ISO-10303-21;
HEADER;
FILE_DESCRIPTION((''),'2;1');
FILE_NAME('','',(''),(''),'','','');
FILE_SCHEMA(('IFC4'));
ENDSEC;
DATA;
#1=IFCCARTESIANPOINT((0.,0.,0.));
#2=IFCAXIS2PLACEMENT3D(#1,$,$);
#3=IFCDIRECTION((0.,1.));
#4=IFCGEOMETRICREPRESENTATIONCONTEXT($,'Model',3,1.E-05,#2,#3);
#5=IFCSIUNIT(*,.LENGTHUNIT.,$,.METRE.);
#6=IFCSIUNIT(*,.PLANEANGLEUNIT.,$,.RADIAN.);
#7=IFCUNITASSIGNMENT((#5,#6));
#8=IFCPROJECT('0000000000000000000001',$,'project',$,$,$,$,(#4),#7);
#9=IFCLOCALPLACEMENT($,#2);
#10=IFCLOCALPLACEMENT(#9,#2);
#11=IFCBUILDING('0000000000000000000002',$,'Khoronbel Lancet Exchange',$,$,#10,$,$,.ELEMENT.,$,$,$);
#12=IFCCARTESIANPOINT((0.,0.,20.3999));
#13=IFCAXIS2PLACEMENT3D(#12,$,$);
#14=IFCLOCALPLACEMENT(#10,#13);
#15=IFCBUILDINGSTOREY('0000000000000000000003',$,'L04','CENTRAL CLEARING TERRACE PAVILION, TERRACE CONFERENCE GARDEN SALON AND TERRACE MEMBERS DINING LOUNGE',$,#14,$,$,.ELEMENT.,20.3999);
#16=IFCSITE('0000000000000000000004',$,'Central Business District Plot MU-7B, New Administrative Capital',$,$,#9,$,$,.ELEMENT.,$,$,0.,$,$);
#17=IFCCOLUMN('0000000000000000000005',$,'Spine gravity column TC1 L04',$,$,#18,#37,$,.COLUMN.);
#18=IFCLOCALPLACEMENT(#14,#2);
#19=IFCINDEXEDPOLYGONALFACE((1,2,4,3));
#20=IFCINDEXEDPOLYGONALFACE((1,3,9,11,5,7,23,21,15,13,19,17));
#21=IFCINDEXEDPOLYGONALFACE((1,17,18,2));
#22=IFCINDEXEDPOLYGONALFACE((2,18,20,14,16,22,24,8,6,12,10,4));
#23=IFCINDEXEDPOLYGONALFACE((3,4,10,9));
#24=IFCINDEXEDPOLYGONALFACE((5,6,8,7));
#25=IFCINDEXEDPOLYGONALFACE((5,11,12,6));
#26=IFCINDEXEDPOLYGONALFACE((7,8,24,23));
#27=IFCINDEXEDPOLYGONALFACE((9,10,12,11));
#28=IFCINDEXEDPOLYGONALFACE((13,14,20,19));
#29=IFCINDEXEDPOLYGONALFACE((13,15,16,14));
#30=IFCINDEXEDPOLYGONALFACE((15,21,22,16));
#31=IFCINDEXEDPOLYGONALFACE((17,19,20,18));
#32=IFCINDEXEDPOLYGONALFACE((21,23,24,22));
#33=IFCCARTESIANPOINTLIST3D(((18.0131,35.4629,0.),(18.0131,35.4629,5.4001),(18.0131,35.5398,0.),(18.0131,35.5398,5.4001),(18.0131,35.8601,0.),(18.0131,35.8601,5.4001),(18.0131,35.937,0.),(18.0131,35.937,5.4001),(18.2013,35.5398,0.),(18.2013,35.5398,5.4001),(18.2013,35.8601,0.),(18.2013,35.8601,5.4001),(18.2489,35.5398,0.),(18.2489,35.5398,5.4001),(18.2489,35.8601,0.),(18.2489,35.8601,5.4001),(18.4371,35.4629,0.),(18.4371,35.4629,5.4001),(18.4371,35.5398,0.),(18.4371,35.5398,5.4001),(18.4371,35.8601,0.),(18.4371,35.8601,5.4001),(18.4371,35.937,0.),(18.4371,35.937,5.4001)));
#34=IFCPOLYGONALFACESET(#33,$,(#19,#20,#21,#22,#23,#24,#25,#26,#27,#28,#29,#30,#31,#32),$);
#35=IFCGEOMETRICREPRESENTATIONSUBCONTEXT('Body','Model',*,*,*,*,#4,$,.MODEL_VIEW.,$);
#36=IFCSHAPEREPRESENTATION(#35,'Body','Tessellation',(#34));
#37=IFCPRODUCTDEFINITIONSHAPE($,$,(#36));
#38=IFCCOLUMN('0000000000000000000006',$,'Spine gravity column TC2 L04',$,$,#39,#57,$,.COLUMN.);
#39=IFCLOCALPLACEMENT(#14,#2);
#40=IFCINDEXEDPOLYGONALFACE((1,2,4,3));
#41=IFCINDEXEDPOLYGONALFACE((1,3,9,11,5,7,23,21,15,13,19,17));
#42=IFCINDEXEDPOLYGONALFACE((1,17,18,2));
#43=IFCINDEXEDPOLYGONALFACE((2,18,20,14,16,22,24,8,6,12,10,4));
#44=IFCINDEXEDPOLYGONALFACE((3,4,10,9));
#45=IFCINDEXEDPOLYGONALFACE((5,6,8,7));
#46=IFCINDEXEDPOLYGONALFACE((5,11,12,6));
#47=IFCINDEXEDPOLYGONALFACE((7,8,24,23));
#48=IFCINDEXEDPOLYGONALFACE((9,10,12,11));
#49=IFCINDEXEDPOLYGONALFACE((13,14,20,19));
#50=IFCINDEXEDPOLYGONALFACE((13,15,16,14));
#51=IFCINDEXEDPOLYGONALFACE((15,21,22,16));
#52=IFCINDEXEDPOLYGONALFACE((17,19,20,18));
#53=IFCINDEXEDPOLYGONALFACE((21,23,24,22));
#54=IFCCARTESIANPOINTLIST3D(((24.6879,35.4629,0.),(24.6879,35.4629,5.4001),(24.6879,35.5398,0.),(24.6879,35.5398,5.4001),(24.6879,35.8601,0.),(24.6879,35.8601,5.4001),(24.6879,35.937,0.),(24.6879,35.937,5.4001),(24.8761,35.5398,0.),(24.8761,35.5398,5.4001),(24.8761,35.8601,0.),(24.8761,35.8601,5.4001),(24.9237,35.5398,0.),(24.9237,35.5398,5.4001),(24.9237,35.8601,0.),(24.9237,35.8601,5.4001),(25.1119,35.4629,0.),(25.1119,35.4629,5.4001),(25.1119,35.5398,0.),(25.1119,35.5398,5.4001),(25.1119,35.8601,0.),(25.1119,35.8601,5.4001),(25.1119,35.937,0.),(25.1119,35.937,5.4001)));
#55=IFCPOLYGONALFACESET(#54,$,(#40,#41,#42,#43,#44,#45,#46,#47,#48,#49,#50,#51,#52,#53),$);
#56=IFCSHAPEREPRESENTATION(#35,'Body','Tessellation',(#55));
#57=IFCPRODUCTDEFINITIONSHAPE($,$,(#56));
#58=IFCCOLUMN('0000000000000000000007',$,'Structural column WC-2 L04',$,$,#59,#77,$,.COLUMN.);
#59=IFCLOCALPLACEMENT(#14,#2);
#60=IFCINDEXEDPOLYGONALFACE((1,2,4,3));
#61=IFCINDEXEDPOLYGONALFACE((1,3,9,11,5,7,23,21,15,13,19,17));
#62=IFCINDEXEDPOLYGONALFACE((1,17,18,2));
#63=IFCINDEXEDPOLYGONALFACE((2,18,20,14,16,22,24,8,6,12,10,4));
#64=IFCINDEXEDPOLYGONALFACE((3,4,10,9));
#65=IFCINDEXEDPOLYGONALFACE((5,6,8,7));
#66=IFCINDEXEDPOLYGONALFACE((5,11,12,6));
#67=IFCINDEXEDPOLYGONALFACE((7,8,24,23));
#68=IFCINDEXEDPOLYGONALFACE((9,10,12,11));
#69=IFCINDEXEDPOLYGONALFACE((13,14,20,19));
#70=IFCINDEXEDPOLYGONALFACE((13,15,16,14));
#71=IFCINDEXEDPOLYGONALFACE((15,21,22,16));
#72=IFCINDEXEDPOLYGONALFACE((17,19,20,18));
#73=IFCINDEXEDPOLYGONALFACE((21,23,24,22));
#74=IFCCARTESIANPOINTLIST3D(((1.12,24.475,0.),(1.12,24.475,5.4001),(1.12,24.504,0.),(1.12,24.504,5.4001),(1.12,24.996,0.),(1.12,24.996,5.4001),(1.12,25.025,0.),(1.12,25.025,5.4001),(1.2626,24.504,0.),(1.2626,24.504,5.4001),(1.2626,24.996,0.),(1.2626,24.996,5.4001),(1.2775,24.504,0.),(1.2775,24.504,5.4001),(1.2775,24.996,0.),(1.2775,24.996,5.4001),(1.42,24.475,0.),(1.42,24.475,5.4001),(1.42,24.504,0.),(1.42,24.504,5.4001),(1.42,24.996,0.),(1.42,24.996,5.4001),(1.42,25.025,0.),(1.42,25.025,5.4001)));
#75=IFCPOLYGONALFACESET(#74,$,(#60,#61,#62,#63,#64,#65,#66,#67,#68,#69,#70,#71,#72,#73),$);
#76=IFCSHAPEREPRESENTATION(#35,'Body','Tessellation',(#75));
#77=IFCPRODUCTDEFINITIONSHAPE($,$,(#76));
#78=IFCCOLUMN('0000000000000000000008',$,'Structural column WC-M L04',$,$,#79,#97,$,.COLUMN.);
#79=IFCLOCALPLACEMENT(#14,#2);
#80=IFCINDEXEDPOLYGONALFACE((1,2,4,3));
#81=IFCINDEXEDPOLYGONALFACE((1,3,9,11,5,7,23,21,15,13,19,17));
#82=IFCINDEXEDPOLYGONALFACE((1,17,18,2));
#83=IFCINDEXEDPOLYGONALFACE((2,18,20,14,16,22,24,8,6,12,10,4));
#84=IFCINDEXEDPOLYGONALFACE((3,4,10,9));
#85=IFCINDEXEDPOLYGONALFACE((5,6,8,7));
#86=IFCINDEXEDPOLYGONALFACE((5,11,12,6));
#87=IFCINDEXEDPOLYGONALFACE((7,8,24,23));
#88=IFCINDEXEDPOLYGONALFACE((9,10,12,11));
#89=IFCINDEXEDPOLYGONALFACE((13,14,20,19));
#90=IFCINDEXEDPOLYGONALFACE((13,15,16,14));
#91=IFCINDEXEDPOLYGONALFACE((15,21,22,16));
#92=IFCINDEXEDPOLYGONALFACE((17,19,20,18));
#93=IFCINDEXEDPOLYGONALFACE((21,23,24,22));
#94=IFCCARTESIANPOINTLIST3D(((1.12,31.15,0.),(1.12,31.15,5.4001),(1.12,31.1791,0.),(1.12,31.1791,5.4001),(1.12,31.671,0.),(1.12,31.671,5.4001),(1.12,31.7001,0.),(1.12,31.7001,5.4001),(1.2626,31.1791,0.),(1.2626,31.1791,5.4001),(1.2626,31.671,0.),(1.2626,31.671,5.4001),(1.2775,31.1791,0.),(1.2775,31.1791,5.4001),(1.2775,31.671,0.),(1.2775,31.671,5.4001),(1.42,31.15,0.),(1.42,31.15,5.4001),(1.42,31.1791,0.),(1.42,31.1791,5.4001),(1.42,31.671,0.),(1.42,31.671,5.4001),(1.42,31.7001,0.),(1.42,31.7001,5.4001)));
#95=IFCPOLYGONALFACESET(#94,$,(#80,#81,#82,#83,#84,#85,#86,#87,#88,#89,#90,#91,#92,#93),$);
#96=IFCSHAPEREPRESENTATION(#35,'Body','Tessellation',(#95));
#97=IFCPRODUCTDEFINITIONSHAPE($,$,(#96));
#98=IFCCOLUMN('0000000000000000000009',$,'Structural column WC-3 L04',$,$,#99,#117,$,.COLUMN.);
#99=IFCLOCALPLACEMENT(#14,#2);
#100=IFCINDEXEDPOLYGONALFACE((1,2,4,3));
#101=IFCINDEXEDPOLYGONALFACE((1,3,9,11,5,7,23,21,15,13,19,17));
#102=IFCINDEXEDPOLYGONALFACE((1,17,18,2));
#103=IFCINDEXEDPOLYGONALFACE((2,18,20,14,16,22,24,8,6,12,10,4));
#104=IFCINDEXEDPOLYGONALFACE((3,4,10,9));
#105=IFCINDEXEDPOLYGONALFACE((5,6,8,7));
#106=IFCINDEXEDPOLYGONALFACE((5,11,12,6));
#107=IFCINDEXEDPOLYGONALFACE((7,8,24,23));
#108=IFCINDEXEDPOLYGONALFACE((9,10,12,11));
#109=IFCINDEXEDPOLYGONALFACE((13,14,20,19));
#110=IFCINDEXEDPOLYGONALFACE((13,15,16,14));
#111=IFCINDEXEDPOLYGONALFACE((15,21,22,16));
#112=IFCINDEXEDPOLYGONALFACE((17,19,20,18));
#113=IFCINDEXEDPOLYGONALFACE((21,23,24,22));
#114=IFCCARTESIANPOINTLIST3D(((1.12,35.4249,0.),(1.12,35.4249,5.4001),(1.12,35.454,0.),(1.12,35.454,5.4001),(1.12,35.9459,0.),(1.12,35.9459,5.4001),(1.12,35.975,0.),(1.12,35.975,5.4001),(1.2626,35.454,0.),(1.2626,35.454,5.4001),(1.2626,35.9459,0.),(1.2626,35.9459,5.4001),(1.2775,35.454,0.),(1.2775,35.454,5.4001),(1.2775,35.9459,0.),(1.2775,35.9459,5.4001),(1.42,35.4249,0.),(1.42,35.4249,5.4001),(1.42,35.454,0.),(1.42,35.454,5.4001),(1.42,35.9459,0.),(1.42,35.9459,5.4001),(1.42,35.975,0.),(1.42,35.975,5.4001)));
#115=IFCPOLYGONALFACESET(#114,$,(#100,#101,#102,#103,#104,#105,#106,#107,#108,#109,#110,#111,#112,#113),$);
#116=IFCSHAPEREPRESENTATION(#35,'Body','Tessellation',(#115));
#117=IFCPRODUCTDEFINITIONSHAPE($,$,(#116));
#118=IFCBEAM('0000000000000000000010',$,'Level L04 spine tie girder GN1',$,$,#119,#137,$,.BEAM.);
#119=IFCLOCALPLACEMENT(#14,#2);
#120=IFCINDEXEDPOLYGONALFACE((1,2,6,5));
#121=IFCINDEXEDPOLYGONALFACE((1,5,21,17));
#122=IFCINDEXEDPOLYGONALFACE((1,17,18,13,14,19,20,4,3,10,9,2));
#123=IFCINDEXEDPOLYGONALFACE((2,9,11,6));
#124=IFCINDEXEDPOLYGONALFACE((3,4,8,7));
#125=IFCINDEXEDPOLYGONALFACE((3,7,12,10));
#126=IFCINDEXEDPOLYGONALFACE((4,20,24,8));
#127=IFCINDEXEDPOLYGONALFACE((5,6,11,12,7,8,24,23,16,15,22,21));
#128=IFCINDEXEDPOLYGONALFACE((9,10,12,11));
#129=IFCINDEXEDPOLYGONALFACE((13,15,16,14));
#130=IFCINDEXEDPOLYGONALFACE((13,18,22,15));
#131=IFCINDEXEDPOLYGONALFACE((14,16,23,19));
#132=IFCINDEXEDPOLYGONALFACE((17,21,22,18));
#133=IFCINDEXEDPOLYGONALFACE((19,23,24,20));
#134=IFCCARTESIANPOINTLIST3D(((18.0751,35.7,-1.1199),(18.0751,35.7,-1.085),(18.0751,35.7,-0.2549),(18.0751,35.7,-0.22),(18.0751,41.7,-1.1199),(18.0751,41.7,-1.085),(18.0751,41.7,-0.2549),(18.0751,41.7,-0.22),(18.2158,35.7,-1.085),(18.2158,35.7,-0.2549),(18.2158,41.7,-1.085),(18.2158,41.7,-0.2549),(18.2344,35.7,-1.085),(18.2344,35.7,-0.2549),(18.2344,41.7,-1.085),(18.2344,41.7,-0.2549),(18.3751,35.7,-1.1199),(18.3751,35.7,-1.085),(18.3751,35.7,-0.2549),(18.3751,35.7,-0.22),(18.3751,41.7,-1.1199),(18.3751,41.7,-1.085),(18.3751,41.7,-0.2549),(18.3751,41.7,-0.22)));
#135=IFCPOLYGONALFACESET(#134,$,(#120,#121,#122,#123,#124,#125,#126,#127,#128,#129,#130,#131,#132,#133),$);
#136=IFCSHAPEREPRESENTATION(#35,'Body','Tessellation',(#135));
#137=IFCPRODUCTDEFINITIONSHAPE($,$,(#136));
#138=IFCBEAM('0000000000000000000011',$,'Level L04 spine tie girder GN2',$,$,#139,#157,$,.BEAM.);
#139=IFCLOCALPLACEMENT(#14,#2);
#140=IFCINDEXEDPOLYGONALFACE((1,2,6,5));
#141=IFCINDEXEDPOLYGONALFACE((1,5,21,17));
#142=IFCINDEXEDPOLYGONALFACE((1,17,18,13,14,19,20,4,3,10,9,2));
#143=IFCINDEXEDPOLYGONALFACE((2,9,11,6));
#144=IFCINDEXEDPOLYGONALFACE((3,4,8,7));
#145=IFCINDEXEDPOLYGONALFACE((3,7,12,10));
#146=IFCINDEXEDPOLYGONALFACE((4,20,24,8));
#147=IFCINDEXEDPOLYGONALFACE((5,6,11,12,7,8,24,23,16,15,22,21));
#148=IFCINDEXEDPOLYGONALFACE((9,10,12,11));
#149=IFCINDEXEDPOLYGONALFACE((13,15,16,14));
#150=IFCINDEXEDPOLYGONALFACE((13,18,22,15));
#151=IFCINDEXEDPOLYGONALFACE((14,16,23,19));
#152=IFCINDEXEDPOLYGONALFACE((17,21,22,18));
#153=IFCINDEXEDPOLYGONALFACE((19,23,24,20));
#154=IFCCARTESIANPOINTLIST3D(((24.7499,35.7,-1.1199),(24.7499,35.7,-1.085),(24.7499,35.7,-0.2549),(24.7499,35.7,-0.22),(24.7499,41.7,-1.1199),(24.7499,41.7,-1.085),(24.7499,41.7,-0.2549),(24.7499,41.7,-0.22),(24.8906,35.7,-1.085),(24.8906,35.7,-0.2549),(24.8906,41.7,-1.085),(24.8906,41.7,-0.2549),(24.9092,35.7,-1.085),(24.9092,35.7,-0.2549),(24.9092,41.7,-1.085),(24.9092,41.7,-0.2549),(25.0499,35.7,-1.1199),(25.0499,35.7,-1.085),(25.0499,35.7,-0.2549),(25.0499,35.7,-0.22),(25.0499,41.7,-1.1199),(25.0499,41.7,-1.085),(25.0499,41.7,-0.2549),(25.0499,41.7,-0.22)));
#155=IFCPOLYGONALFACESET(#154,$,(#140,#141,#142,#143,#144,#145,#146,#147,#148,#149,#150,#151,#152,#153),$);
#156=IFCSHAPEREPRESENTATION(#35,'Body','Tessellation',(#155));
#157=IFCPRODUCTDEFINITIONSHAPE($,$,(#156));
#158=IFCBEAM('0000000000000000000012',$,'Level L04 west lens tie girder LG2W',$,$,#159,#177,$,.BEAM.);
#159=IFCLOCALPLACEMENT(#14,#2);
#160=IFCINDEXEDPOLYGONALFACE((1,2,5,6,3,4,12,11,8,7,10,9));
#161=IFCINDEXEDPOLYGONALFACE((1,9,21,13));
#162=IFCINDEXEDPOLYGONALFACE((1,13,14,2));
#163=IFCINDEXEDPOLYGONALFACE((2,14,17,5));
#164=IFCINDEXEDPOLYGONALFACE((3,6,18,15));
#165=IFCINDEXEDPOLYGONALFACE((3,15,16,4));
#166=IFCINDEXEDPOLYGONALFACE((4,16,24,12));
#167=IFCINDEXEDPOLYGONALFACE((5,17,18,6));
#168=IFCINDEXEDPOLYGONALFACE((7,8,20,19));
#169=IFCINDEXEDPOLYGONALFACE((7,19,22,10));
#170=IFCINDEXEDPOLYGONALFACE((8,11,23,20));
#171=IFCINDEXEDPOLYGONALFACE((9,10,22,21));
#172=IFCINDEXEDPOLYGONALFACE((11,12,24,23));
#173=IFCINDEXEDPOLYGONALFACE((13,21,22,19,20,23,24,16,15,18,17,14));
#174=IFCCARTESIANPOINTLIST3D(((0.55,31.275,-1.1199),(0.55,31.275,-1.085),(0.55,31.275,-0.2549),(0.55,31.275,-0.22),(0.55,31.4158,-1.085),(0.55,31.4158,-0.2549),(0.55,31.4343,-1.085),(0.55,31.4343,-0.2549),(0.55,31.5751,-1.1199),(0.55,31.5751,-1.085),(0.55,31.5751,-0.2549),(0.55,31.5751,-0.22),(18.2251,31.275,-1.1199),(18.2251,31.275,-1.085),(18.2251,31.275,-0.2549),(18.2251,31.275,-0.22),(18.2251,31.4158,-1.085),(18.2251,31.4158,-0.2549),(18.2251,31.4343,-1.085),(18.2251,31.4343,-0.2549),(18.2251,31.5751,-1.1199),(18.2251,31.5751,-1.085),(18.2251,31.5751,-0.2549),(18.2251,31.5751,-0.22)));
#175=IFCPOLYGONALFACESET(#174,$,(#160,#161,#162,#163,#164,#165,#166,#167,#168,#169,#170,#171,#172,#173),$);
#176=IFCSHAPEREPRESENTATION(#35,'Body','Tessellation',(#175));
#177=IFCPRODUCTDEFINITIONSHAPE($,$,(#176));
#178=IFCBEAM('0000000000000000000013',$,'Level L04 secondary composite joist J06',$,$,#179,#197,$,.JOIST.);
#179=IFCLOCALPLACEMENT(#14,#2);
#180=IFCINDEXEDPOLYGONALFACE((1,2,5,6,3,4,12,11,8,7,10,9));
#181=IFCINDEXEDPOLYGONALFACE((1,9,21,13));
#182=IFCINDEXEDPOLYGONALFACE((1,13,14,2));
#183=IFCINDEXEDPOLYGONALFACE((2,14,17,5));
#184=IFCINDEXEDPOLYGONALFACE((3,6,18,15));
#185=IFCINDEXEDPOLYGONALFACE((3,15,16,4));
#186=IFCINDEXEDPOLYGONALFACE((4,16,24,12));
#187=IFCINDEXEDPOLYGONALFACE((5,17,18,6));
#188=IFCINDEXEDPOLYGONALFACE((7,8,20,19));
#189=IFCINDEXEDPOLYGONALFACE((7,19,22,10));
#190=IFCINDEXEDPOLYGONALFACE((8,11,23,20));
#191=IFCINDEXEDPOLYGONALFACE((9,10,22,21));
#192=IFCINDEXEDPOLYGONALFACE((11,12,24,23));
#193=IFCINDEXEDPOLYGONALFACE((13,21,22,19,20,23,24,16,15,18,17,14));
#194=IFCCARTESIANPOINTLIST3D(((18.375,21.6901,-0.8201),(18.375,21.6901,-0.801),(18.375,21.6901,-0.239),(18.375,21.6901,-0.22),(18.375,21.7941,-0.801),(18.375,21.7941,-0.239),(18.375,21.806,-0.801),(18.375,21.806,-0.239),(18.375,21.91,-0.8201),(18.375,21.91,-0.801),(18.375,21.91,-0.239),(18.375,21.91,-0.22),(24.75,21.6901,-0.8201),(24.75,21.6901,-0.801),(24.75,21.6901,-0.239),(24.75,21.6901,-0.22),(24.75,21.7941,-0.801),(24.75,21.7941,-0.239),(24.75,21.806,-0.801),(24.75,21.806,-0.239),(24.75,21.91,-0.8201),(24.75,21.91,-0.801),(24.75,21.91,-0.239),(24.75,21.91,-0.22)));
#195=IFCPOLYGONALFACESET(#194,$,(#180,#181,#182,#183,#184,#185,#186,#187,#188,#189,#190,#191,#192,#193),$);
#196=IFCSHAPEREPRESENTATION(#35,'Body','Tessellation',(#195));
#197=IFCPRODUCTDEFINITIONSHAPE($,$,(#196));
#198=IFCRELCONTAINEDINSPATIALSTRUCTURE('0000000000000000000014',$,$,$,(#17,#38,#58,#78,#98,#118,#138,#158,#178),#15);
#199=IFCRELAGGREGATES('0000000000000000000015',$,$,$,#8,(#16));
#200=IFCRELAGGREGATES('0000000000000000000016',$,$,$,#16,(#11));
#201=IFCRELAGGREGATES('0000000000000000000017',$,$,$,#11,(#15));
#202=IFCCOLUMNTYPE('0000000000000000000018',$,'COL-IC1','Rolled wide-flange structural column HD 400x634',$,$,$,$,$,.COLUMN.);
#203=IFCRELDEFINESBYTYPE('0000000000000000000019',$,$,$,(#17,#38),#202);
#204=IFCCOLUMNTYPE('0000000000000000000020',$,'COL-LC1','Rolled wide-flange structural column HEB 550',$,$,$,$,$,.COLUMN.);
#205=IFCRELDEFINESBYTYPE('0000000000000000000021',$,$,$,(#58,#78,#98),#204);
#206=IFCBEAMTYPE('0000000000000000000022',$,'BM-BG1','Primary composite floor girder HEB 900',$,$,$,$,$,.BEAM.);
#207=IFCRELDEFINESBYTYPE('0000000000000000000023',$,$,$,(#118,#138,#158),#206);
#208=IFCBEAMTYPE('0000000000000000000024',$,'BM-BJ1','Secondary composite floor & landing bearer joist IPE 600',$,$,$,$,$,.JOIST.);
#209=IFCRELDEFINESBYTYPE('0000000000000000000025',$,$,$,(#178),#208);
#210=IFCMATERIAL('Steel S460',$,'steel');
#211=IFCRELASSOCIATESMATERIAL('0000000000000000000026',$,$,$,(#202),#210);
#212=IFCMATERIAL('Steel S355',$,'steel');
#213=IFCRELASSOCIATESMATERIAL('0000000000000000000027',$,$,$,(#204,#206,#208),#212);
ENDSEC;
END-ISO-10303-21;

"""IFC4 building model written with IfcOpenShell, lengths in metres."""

from ifc_helpers import new_model, si_unit, direction, frame, origin, origin_2d, place, context, subcontext, project, spatial, i_section, extrude, material, material_profile, profile_set, type_object, element, save


model = new_model("IFC4")

# Units and contexts
model_context = context("Model", 3, precision=1e-05, world=origin(), true_north=direction((0.0, 1.0)))
body_context = subcontext(model_context, "Body", "Model", "MODEL_VIEW")
ifc_project = project(units=[si_unit("LENGTHUNIT", "METRE"), si_unit("PLANEANGLEUNIT", "RADIAN")], contexts=[model_context])

# Site, building, storey
site_placement = place(None, origin())
site = spatial("IfcSite", under=ifc_project, at=site_placement, Name="Central Business District Plot MU-7B, New Administrative Capital", CompositionType="ELEMENT", RefElevation=0.0)
building_placement = place(site_placement, origin())
building = spatial("IfcBuilding", under=site, at=building_placement, Name="Khoronbel Lancet Exchange", CompositionType="ELEMENT")
storey_placement = place(building_placement, frame((0.0, 0.0, 20.3999)))
storey = spatial("IfcBuildingStorey", under=building, at=storey_placement, Name="L04", Description="CENTRAL CLEARING TERRACE PAVILION, TERRACE CONFERENCE GARDEN SALON AND TERRACE MEMBERS DINING LOUNGE", CompositionType="ELEMENT", Elevation=20.3999)

# Columns
ifc_material_1 = material(Name="Steel S460", Category="steel")
ifc_material_profile_1 = material_profile(ifc_material_1, i_section(OverallWidth=0.4241, OverallDepth=0.4741, WebThickness=0.0476, FlangeThickness=0.0769, at=origin_2d()), Name="HD 400x634")
ifc_profile_set_1 = profile_set([ifc_material_profile_1], Name="Steel S460")
column_type_1 = type_object("IfcColumnType", Name="COL-IC1", Description="Rolled wide-flange structural column HD 400x634", PredefinedType="COLUMN", material=ifc_profile_set_1)
for number, where, z_axis, x_axis, name in (
    (1, (18.2251, 35.7, 0.0), (0.0, 0.0, 1.0), (1.0, 0.0, 0.0), "Spine gravity column TC1 L04"),
    (2, (24.8999, 35.7, 0.0), (0.0, 0.0, 1.0), (1.0, 0.0, 0.0), "Spine gravity column TC2 L04"),
):
    element("IfcColumn", number, at=place(storey_placement, frame(where, z_axis=z_axis, x_axis=x_axis)), inside=storey, type_object=column_type_1, Name=name, PredefinedType="COLUMN", context=body_context, shape_type="SweptSolid", body=[
        extrude(i_section(OverallWidth=0.4241, OverallDepth=0.4741, WebThickness=0.0476, FlangeThickness=0.0769, at=origin_2d()), origin(), (0.0, 0.0, 1.0), 5.4001),
    ])
ifc_material_2 = material(Name="Steel S355", Category="steel")
ifc_material_profile_2 = material_profile(ifc_material_2, i_section(OverallWidth=0.3, OverallDepth=0.55, WebThickness=0.0149, FlangeThickness=0.0291, at=origin_2d()), Name="HEB 550")
ifc_profile_set_2 = profile_set([ifc_material_profile_2], Name="Steel S355")
column_type_2 = type_object("IfcColumnType", Name="COL-LC1", Description="Rolled wide-flange structural column HEB 550", PredefinedType="COLUMN", material=ifc_profile_set_2)
for number, where, z_axis, x_axis, name in (
    (3, (1.27, 24.75, 0.0), (0.0, 0.0, 1.0), (1.0, 0.0, 0.0), "Structural column WC-2 L04"),
    (4, (1.27, 31.425, 0.0), (0.0, 0.0, 1.0), (1.0, 0.0, 0.0), "Structural column WC-M L04"),
    (5, (1.27, 35.7, 0.0), (0.0, 0.0, 1.0), (1.0, 0.0, 0.0), "Structural column WC-3 L04"),
):
    element("IfcColumn", number, at=place(storey_placement, frame(where, z_axis=z_axis, x_axis=x_axis)), inside=storey, type_object=column_type_2, Name=name, PredefinedType="COLUMN", context=body_context, shape_type="SweptSolid", body=[
        extrude(i_section(OverallWidth=0.3, OverallDepth=0.55, WebThickness=0.0149, FlangeThickness=0.0291, at=origin_2d()), origin(), (0.0, 0.0, 1.0), 5.4001),
    ])

# Beams
ifc_material_profile_3 = material_profile(ifc_material_2, i_section(OverallWidth=0.3, OverallDepth=0.8999, WebThickness=0.0186, FlangeThickness=0.0349, at=origin_2d()), Name="HEB 900")
ifc_profile_set_3 = profile_set([ifc_material_profile_3], Name="Steel S355")
beam_type_1 = type_object("IfcBeamType", Name="BM-BG1", Description="Primary composite floor girder HEB 900", PredefinedType="BEAM", material=ifc_profile_set_3)
for number, where, z_axis, x_axis, name in (
    (6, (18.2251, 35.7, -0.6699), (0.0, 1.0, 0.0), (-1.0, 0.0, 0.0), "Level L04 spine tie girder GN1"),
    (7, (24.8999, 35.7, -0.6699), (0.0, 1.0, 0.0), (-1.0, 0.0, 0.0), "Level L04 spine tie girder GN2"),
):
    element("IfcBeam", number, at=place(storey_placement, frame(where, z_axis=z_axis, x_axis=x_axis)), inside=storey, type_object=beam_type_1, Name=name, PredefinedType="BEAM", context=body_context, shape_type="SweptSolid", body=[
        extrude(i_section(OverallWidth=0.3, OverallDepth=0.8999, WebThickness=0.0186, FlangeThickness=0.0349, at=origin_2d()), origin(), (0.0, 0.0, 1.0), 6.0),
    ])
beam_1_placement = place(storey_placement, frame((0.55, 31.425, -0.6699), z_axis=(1.0, 0.0, 0.0), x_axis=(0.0, 1.0, 0.0)))
element("IfcBeam", 8, at=beam_1_placement, inside=storey, type_object=beam_type_1, Name="Level L04 west lens tie girder LG2W", PredefinedType="BEAM", context=body_context, shape_type="SweptSolid", body=[
    extrude(i_section(OverallWidth=0.3, OverallDepth=0.8999, WebThickness=0.0186, FlangeThickness=0.0349, at=origin_2d()), origin(), (0.0, 0.0, 1.0), 17.675),
])
ifc_material_profile_4 = material_profile(ifc_material_2, i_section(OverallWidth=0.22, OverallDepth=0.6001, WebThickness=0.012, FlangeThickness=0.019, at=origin_2d()), Name="IPE 600")
ifc_profile_set_4 = profile_set([ifc_material_profile_4], Name="Steel S355")
beam_type_2 = type_object("IfcBeamType", Name="BM-BJ1", Description="Secondary composite floor & landing bearer joist IPE 600", PredefinedType="JOIST", material=ifc_profile_set_4)
beam_2_placement = place(storey_placement, frame((18.375, 21.8, -0.52), z_axis=(1.0, 0.0, 0.0), x_axis=(0.0, 1.0, 0.0)))
element("IfcBeam", 9, at=beam_2_placement, inside=storey, type_object=beam_type_2, Name="Level L04 secondary composite joist J06", PredefinedType="JOIST", context=body_context, shape_type="SweptSolid", body=[
    extrude(i_section(OverallWidth=0.22, OverallDepth=0.6001, WebThickness=0.012, FlangeThickness=0.019, at=origin_2d()), origin(), (0.0, 0.0, 1.0), 6.375),
])

save(model, "model.ifc")
